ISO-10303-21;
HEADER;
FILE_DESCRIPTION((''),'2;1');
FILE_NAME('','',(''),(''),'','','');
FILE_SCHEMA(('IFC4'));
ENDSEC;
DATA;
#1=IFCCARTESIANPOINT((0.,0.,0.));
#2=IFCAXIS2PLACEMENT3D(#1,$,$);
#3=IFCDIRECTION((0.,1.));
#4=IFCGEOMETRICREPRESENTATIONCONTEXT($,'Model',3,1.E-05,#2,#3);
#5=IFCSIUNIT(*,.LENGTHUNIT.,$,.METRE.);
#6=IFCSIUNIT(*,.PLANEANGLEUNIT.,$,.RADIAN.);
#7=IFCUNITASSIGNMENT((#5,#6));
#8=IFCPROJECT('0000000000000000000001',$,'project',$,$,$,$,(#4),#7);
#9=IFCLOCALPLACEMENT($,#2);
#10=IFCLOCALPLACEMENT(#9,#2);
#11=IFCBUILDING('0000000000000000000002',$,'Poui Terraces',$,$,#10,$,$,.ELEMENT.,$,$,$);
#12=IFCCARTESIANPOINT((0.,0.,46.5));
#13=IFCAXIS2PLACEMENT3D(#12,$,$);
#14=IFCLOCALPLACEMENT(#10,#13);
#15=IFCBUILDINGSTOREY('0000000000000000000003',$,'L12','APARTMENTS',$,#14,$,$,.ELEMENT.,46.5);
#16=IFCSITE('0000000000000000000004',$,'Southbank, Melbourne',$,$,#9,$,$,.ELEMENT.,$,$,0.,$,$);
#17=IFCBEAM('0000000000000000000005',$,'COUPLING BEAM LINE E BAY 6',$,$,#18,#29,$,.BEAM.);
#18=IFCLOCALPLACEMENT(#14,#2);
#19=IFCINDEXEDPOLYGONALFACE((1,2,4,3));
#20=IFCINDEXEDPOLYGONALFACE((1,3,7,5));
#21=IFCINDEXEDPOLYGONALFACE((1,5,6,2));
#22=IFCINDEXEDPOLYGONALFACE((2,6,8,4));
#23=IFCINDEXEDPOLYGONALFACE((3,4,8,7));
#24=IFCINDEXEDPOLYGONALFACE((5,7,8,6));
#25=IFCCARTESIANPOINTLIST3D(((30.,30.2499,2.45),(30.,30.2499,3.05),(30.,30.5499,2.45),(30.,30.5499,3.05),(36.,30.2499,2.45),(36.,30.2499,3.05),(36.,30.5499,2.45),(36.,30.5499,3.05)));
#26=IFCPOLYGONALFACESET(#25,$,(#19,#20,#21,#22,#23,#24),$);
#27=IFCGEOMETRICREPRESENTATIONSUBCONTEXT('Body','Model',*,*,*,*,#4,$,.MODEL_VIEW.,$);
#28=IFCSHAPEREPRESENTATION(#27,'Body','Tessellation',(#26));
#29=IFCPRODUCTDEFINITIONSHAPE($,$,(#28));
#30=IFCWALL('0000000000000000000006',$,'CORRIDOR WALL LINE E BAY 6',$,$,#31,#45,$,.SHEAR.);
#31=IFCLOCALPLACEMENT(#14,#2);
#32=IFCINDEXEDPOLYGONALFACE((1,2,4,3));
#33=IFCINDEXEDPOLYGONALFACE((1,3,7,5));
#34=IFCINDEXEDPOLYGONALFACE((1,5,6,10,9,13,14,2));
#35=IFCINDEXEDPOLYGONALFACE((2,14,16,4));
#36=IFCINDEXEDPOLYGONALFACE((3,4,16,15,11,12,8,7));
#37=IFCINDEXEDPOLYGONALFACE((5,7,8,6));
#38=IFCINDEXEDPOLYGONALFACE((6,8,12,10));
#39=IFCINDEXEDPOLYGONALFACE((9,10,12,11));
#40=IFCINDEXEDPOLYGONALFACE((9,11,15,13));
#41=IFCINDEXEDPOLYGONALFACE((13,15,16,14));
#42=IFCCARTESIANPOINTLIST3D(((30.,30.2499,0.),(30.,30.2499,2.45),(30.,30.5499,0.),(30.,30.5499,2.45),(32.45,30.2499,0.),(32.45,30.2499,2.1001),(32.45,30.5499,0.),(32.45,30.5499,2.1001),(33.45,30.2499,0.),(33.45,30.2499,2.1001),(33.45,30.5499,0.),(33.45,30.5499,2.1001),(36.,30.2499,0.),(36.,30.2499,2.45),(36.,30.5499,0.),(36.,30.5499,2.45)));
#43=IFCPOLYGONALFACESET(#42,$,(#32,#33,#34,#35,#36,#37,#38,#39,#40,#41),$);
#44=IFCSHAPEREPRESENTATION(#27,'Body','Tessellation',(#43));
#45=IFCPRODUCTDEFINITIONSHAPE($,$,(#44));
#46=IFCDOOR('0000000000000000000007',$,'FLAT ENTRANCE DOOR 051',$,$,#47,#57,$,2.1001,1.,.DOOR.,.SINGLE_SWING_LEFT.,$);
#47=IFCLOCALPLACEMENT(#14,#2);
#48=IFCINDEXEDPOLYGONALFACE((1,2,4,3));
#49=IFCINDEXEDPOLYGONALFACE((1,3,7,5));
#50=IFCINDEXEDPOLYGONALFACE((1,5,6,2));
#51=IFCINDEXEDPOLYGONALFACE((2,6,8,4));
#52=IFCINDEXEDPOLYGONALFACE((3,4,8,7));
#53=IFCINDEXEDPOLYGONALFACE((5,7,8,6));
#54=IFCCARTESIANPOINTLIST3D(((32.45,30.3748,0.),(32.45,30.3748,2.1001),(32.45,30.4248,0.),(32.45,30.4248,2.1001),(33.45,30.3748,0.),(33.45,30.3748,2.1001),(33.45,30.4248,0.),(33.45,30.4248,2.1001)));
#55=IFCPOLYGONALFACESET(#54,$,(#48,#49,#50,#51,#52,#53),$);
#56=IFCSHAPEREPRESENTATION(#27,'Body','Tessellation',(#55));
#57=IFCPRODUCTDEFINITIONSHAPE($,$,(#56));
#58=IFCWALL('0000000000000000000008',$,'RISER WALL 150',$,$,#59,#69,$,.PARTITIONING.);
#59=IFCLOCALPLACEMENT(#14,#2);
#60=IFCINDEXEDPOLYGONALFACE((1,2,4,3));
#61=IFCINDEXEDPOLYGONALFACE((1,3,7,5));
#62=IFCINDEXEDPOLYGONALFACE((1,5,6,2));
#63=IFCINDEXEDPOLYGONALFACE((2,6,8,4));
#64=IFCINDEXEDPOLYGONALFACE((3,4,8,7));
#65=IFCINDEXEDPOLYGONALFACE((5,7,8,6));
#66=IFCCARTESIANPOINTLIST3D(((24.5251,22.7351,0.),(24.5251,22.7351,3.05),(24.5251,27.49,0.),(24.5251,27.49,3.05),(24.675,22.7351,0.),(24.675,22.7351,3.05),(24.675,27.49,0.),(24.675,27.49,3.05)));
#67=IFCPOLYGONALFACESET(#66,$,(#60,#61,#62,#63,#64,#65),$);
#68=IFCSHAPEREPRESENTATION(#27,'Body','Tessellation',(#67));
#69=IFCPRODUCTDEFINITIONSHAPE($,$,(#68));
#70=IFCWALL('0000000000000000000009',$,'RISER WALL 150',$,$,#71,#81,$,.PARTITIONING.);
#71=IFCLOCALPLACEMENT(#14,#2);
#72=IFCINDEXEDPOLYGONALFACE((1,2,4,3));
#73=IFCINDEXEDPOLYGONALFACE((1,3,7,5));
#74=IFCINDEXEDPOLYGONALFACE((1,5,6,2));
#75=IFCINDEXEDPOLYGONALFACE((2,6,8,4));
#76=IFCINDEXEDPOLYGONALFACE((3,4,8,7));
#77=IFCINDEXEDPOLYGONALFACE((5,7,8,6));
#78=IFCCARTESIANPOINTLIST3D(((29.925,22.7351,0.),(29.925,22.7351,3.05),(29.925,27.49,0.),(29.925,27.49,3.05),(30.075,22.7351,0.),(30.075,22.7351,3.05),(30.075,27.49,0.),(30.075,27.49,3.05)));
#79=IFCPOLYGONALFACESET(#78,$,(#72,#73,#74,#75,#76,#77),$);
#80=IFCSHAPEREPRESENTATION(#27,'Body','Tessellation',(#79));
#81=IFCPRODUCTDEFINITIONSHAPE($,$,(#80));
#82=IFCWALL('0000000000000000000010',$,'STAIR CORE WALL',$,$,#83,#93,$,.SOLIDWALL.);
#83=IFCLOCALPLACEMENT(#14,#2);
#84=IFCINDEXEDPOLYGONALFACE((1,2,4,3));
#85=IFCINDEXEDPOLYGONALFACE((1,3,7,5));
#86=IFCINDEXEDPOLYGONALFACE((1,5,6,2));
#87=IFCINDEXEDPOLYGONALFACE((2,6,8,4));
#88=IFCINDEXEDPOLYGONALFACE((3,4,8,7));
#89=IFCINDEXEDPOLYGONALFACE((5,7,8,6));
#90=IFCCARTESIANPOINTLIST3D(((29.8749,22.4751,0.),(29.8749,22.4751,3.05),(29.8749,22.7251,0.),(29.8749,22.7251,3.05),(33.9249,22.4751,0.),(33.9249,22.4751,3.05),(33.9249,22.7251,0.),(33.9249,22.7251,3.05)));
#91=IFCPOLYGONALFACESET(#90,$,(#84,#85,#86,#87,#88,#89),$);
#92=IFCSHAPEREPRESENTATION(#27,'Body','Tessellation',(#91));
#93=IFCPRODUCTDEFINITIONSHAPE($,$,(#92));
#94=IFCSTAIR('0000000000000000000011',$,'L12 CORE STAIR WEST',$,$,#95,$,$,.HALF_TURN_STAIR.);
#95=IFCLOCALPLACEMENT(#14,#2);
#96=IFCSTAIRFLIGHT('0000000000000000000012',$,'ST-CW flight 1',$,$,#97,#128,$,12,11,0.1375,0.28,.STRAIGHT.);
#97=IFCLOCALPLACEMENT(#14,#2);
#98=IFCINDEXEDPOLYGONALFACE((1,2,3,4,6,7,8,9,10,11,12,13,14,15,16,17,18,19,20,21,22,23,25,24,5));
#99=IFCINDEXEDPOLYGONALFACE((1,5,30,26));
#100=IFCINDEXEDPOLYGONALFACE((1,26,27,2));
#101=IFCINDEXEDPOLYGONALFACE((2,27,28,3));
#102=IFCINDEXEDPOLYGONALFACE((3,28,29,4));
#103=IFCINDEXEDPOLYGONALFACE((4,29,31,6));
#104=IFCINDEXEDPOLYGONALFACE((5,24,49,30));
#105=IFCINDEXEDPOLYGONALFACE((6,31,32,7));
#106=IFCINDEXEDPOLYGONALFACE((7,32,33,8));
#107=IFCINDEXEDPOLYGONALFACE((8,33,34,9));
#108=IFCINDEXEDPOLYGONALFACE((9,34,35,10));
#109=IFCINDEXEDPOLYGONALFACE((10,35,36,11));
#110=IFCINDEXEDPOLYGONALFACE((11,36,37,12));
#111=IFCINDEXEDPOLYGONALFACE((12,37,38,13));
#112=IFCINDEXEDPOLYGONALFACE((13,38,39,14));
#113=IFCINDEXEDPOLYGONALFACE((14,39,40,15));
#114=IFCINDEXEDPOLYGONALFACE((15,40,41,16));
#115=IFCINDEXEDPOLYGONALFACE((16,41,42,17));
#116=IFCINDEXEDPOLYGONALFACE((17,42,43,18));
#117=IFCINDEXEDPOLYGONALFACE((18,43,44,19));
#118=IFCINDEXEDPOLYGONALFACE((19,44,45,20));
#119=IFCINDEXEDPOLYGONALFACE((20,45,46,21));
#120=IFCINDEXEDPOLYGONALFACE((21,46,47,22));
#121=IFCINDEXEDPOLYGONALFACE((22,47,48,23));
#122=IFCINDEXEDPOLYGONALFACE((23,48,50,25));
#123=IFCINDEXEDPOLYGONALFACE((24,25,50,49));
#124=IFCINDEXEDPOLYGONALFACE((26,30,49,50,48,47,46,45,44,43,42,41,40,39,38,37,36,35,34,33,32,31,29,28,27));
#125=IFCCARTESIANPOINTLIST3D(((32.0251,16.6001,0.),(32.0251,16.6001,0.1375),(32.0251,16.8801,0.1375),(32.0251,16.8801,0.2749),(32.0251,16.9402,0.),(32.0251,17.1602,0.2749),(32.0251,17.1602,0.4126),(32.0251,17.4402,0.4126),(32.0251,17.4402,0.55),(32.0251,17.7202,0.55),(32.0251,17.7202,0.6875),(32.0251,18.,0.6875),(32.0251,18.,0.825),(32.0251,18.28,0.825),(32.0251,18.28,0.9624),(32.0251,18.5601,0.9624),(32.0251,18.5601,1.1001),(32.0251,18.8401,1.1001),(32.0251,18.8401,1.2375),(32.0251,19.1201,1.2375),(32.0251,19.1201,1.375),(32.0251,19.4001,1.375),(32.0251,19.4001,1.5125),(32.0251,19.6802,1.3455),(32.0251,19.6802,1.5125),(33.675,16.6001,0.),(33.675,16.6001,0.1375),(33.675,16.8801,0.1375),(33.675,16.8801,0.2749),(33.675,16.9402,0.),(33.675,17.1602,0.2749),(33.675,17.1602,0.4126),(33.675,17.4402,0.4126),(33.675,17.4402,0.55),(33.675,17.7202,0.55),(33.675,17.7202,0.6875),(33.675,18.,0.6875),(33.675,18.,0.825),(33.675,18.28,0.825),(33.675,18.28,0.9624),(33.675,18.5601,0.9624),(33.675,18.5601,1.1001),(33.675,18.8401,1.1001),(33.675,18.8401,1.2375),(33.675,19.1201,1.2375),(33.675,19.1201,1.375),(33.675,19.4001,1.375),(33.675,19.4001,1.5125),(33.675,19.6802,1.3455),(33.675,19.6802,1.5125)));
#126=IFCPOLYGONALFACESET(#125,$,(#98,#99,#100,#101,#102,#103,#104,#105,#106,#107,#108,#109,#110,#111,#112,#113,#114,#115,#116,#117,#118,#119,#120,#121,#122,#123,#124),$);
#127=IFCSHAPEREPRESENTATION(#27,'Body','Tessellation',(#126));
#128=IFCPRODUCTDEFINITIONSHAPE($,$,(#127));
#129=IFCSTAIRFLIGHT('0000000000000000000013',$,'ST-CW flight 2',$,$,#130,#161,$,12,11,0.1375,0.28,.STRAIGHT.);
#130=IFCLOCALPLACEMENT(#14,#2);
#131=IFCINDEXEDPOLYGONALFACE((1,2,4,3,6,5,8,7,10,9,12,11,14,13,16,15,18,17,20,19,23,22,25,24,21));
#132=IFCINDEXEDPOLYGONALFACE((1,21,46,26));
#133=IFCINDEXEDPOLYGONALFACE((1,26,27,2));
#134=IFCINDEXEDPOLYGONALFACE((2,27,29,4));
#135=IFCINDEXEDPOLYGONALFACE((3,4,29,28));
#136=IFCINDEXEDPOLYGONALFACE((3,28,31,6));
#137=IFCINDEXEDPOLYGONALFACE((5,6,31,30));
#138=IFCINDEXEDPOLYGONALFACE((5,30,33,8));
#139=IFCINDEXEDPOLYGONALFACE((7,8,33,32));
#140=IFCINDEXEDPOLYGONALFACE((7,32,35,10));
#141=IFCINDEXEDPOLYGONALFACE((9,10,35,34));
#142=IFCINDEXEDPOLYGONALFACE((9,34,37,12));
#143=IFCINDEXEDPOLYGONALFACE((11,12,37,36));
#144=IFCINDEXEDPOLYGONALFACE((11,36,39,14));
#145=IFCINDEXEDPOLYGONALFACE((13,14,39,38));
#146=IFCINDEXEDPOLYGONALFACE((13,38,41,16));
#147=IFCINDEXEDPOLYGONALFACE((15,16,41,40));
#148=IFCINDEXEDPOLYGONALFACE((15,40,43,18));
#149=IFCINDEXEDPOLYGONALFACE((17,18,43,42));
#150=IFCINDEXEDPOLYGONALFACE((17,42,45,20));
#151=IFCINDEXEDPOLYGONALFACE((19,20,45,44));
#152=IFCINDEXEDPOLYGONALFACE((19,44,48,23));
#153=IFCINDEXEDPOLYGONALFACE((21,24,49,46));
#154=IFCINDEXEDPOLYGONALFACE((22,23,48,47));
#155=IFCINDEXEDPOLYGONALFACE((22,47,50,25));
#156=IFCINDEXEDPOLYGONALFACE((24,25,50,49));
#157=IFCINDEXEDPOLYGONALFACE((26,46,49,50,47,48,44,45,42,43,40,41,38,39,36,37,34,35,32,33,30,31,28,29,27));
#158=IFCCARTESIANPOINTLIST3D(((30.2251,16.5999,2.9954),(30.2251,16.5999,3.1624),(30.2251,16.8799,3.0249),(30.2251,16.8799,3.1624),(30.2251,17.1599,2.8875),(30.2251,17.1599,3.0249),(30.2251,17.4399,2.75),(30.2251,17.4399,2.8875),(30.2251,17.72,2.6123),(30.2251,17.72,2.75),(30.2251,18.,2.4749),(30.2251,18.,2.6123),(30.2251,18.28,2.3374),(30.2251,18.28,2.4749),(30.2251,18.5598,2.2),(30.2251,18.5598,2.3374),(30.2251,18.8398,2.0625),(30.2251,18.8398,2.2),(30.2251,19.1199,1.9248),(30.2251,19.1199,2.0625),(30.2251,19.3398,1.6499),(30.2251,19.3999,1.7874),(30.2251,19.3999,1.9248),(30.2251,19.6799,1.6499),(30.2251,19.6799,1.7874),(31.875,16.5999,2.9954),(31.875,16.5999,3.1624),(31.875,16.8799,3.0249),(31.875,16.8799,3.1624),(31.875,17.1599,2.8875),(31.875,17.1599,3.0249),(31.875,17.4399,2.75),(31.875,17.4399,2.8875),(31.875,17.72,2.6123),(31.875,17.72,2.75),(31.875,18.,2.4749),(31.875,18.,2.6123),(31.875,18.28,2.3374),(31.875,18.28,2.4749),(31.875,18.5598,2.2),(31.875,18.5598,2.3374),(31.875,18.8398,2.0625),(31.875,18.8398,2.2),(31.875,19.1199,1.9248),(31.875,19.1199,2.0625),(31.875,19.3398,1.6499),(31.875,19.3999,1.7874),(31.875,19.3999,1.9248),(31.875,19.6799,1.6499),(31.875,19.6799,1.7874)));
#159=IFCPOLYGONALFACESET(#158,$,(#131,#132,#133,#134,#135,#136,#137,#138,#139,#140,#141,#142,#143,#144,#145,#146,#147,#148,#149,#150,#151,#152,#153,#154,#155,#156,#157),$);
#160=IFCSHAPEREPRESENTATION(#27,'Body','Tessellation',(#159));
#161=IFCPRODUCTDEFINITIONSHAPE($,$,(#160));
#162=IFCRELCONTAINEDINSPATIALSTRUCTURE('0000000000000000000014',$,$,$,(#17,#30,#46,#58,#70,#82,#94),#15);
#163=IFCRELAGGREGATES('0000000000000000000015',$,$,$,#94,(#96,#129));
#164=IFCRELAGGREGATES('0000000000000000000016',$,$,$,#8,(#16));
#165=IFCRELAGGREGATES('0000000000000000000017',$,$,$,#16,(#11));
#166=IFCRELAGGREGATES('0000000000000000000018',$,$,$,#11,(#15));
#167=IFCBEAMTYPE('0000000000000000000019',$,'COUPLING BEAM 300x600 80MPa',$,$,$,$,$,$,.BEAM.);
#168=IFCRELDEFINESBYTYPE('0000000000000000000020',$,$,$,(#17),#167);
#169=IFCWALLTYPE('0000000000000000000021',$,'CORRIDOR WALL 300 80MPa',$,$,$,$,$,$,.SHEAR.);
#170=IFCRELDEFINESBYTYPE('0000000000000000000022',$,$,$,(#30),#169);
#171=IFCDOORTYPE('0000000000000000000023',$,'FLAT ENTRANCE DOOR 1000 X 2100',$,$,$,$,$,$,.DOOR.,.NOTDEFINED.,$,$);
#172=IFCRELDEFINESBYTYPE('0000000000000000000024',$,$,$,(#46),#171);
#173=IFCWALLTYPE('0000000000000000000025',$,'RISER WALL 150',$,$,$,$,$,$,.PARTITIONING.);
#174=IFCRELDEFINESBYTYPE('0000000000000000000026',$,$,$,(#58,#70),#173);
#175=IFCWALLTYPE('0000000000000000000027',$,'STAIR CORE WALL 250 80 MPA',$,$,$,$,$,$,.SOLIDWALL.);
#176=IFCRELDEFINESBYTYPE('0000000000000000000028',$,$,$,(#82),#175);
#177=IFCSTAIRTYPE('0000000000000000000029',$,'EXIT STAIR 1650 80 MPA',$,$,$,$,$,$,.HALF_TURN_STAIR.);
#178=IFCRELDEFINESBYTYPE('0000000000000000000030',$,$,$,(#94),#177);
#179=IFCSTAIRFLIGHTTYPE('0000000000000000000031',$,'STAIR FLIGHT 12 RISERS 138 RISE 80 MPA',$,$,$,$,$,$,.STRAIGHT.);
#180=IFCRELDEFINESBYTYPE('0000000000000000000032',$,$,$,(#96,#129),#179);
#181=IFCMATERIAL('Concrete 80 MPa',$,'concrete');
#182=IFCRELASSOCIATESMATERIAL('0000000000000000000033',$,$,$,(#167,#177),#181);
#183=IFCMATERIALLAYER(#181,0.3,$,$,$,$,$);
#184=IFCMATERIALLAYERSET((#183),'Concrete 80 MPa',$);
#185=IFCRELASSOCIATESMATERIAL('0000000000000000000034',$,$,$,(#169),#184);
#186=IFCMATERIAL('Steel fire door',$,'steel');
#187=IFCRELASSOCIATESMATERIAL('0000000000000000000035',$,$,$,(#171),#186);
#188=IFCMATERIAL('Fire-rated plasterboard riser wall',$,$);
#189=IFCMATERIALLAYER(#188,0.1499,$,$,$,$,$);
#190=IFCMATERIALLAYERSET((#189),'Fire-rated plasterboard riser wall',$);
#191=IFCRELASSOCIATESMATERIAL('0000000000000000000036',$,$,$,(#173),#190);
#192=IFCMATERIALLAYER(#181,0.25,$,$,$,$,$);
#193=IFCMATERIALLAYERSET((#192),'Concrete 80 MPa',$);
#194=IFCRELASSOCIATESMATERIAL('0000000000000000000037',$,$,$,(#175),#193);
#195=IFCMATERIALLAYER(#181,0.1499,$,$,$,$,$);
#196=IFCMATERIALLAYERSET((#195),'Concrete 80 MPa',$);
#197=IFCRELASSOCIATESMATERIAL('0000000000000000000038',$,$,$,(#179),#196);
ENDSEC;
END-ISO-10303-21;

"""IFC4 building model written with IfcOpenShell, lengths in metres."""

from ifc_helpers import new_model, si_unit, direction, frame, frame_2d, origin, origin_2d, place, context, subcontext, project, spatial, polyline, rectangle, outline, extrude, source, transform, mapped, material, layer, layer_set, material_profile, profile_set, type_object, element, fill, aggregate, save


model = new_model("IFC4")

# Units and contexts
model_context = context("Model", 3, precision=1e-05, world=origin(), true_north=direction((0.0, 1.0)))
body_context = subcontext(model_context, "Body", "Model", "MODEL_VIEW")
ifc_project = project(units=[si_unit("LENGTHUNIT", "METRE"), si_unit("PLANEANGLEUNIT", "RADIAN")], contexts=[model_context])

# Site, building, storey
site_placement = place(None, origin())
site = spatial("IfcSite", under=ifc_project, at=site_placement, Name="Southbank, Melbourne", CompositionType="ELEMENT", RefElevation=0.0)
building_placement = place(site_placement, origin())
building = spatial("IfcBuilding", under=site, at=building_placement, Name="Poui Terraces", CompositionType="ELEMENT")
storey_placement = place(building_placement, frame((0.0, 0.0, 46.5)))
storey = spatial("IfcBuildingStorey", under=building, at=storey_placement, Name="L12", Description="APARTMENTS", CompositionType="ELEMENT", Elevation=46.5)

# Beam
ifc_material_1 = material(Name="Concrete 80 MPa", Category="concrete")
ifc_material_profile = material_profile(ifc_material_1, rectangle(XDim=0.3, YDim=0.6001, at=origin_2d()), Name="RC 300x600")
ifc_profile_set = profile_set([ifc_material_profile], Name="Concrete 80 MPa")
beam_type = type_object("IfcBeamType", Name="COUPLING BEAM 300x600 80MPa", PredefinedType="BEAM", material=ifc_profile_set)
shared_shape = source(origin(), body_context, "Body", "SweptSolid", [
    extrude(rectangle(XDim=0.3, YDim=0.6001, at=origin_2d()), origin(), (0.0, 0.0, 1.0), 6.0),
])
beam_placement = place(storey_placement, frame((30.0, 30.3999, 2.75), z_axis=(1.0, 0.0, 0.0), x_axis=(0.0, 1.0, 0.0)))
element("IfcBeam", 1, at=beam_placement, inside=storey, type_object=beam_type, Name="COUPLING BEAM LINE E BAY 6", PredefinedType="BEAM", context=body_context, shape_type="MappedRepresentation", body=[
    mapped(shared_shape, transform((0.0, 0.0, 0.0))),
])

# Wall, opening, door
ifc_layer_1 = layer(ifc_material_1, 0.3)
ifc_layer_set_1 = layer_set([ifc_layer_1], Name="Concrete 80 MPa")
wall_type_1 = type_object("IfcWallType", Name="CORRIDOR WALL 300 80MPa", PredefinedType="SHEAR", material=ifc_layer_set_1)
wall_1_placement = place(storey_placement, frame((30.0, 30.3999, 0.0), z_axis=(0.0, 0.0, 1.0), x_axis=(1.0, 0.0, 0.0)))
wall_1 = element("IfcWall", 2, at=wall_1_placement, inside=storey, type_object=wall_type_1, Name="CORRIDOR WALL LINE E BAY 6", PredefinedType="SHEAR", context=body_context, shape_type="SweptSolid", body=[
    extrude(rectangle(XDim=6.0, YDim=0.3, at=frame_2d((3.0, 0.0))), origin(), (0.0, 0.0, 1.0), 2.45),
])
opening_placement = place(wall_1_placement, frame((2.45, 0.0, 0.0)))
opening = element("IfcOpeningElement", 3, at=opening_placement, cuts=wall_1, PredefinedType="OPENING", context=body_context, shape_type="SweptSolid", body=[
    extrude(rectangle(XDim=1.0, YDim=2.1001, at=frame_2d((0.5, 1.05))), frame((0.0, 0.1602, 0.0), z_axis=(0.0, -1.0, 0.0), x_axis=(1.0, 0.0, 0.0)), (0.0, 0.0, 1.0), 0.3201),
])
ifc_material_2 = material(Name="Steel fire door", Category="steel")
door_type = type_object("IfcDoorType", Name="FLAT ENTRANCE DOOR 1000 X 2100", OperationType="NOTDEFINED", PredefinedType="DOOR", material=ifc_material_2)
door_placement = place(opening_placement, origin())
door = element("IfcDoor", 4, at=door_placement, inside=storey, type_object=door_type, Name="FLAT ENTRANCE DOOR 051", OperationType="SINGLE_SWING_LEFT", OverallHeight=2.1001, OverallWidth=1.0, PredefinedType="DOOR", context=body_context, shape_type="SweptSolid", body=[
    extrude(rectangle(XDim=1.0, YDim=2.1001, at=frame_2d((0.5, 1.05))), frame((0.0, 0.0249, 0.0), z_axis=(0.0, -1.0, 0.0), x_axis=(1.0, 0.0, 0.0)), (0.0, 0.0, 1.0), 0.05),
])
fill(opening, door)

# Walls
ifc_material_3 = material(Name="Fire-rated plasterboard riser wall")
ifc_layer_2 = layer(ifc_material_3, 0.1499)
ifc_layer_set_2 = layer_set([ifc_layer_2], Name="Fire-rated plasterboard riser wall")
wall_type_2 = type_object("IfcWallType", Name="RISER WALL 150", PredefinedType="PARTITIONING", material=ifc_layer_set_2)
for number, where, z_axis, x_axis, name in (
    (5, (24.6001, 22.7351, 0.0), (0.0, 0.0, 1.0), (0.0, 1.0, 0.0), "RISER WALL 150"),
    (6, (30.0, 22.7351, 0.0), (0.0, 0.0, 1.0), (0.0, 1.0, 0.0), "RISER WALL 150"),
):
    element("IfcWall", number, at=place(storey_placement, frame(where, z_axis=z_axis, x_axis=x_axis)), inside=storey, type_object=wall_type_2, Name=name, PredefinedType="PARTITIONING", context=body_context, shape_type="SweptSolid", body=[
        extrude(rectangle(XDim=4.7549, YDim=0.1499, at=frame_2d((2.3774, 0.0))), origin(), (0.0, 0.0, 1.0), 3.05),
    ])
ifc_layer_3 = layer(ifc_material_1, 0.25)
ifc_layer_set_3 = layer_set([ifc_layer_3], Name="Concrete 80 MPa")
wall_type_3 = type_object("IfcWallType", Name="STAIR CORE WALL 250 80 MPA", PredefinedType="SOLIDWALL", material=ifc_layer_set_3)
wall_2_placement = place(storey_placement, frame((29.875, 22.6001, 0.0), z_axis=(0.0, 0.0, 1.0), x_axis=(1.0, 0.0, 0.0)))
element("IfcWall", 7, at=wall_2_placement, inside=storey, type_object=wall_type_3, Name="STAIR CORE WALL", PredefinedType="SOLIDWALL", context=body_context, shape_type="SweptSolid", body=[
    extrude(rectangle(XDim=4.05, YDim=0.25, at=frame_2d((2.0249, 0.0))), origin(), (0.0, 0.0, 1.0), 3.05),
])

# Stair, stair flights
stair_type = type_object("IfcStairType", Name="EXIT STAIR 1650 80 MPA", PredefinedType="HALF_TURN_STAIR", material=ifc_material_1)
stair_placement = place(storey_placement, origin())
stair = element("IfcStair", 8, at=stair_placement, inside=storey, type_object=stair_type, Name="L12 CORE STAIR WEST", PredefinedType="HALF_TURN_STAIR")
ifc_layer_4 = layer(ifc_material_1, 0.1499)
ifc_layer_set_4 = layer_set([ifc_layer_4], Name="Concrete 80 MPa")
stair_flight_type = type_object("IfcStairFlightType", Name="STAIR FLIGHT 12 RISERS 138 RISE 80 MPA", PredefinedType="STRAIGHT", material=ifc_layer_set_4)
stair_flight_1_placement = place(storey_placement, frame((32.8501, 16.6001, 0.0), z_axis=(0.0, 0.0, 1.0), x_axis=(0.0, 1.0, 0.0)))
stair_flight_1 = element("IfcStairFlight", 9, at=stair_flight_1_placement, type_object=stair_flight_type, Name="ST-CW flight 1", NumberOfRisers=12, NumberOfTreads=11, PredefinedType="STRAIGHT", RiserHeight=0.1375, TreadLength=0.28, context=body_context, shape_type="SweptSolid", body=[
    extrude(outline(polyline([(0.0, 0.0), (0.0, 0.1375), (0.28, 0.1375), (0.28, 0.2749), (0.5601, 0.2749), (0.5601, 0.4126), (0.8401, 0.4126), (0.8401, 0.55), (1.1201, 0.55), (1.1201, 0.6875), (1.3999, 0.6875), (1.3999, 0.825), (1.6799, 0.825), (1.6799, 0.9624), (1.96, 0.9624), (1.96, 1.1001), (2.24, 1.1001), (2.24, 1.2375), (2.52, 1.2375), (2.52, 1.375), (2.8, 1.375), (2.8, 1.5125), (3.0801, 1.5125), (3.0801, 1.6499), (3.0801, 1.3455), (0.3401, 0.0), (0.0, 0.0)])), frame((0.0, 0.825, 0.0), z_axis=(0.0, -1.0, 0.0), x_axis=(1.0, 0.0, 0.0)), (0.0, 0.0, 1.0), 1.6499),
])
stair_flight_2_placement = place(storey_placement, frame((31.05, 19.6799, 1.6499), z_axis=(0.0, 0.0, 1.0), x_axis=(0.0, -1.0, 0.0)))
stair_flight_2 = element("IfcStairFlight", 10, at=stair_flight_2_placement, type_object=stair_flight_type, Name="ST-CW flight 2", NumberOfRisers=12, NumberOfTreads=11, PredefinedType="STRAIGHT", RiserHeight=0.1375, TreadLength=0.28, context=body_context, shape_type="SweptSolid", body=[
    extrude(outline(polyline([(0.0, 0.0), (0.0, 0.1375), (0.28, 0.1375), (0.28, 0.2749), (0.5601, 0.2749), (0.5601, 0.4126), (0.8401, 0.4126), (0.8401, 0.55), (1.1201, 0.55), (1.1201, 0.6875), (1.3999, 0.6875), (1.3999, 0.825), (1.6799, 0.825), (1.6799, 0.9624), (1.96, 0.9624), (1.96, 1.1001), (2.24, 1.1001), (2.24, 1.2375), (2.52, 1.2375), (2.52, 1.375), (2.8, 1.375), (2.8, 1.5125), (3.0801, 1.5125), (3.0801, 1.6499), (3.0801, 1.3455), (0.3401, 0.0), (0.0, 0.0)])), frame((0.0, 0.825, 0.0), z_axis=(0.0, -1.0, 0.0), x_axis=(1.0, 0.0, 0.0)), (0.0, 0.0, 1.0), 1.6499),
])
aggregate(stair, [stair_flight_1, stair_flight_2])

save(model, "model.ifc")
